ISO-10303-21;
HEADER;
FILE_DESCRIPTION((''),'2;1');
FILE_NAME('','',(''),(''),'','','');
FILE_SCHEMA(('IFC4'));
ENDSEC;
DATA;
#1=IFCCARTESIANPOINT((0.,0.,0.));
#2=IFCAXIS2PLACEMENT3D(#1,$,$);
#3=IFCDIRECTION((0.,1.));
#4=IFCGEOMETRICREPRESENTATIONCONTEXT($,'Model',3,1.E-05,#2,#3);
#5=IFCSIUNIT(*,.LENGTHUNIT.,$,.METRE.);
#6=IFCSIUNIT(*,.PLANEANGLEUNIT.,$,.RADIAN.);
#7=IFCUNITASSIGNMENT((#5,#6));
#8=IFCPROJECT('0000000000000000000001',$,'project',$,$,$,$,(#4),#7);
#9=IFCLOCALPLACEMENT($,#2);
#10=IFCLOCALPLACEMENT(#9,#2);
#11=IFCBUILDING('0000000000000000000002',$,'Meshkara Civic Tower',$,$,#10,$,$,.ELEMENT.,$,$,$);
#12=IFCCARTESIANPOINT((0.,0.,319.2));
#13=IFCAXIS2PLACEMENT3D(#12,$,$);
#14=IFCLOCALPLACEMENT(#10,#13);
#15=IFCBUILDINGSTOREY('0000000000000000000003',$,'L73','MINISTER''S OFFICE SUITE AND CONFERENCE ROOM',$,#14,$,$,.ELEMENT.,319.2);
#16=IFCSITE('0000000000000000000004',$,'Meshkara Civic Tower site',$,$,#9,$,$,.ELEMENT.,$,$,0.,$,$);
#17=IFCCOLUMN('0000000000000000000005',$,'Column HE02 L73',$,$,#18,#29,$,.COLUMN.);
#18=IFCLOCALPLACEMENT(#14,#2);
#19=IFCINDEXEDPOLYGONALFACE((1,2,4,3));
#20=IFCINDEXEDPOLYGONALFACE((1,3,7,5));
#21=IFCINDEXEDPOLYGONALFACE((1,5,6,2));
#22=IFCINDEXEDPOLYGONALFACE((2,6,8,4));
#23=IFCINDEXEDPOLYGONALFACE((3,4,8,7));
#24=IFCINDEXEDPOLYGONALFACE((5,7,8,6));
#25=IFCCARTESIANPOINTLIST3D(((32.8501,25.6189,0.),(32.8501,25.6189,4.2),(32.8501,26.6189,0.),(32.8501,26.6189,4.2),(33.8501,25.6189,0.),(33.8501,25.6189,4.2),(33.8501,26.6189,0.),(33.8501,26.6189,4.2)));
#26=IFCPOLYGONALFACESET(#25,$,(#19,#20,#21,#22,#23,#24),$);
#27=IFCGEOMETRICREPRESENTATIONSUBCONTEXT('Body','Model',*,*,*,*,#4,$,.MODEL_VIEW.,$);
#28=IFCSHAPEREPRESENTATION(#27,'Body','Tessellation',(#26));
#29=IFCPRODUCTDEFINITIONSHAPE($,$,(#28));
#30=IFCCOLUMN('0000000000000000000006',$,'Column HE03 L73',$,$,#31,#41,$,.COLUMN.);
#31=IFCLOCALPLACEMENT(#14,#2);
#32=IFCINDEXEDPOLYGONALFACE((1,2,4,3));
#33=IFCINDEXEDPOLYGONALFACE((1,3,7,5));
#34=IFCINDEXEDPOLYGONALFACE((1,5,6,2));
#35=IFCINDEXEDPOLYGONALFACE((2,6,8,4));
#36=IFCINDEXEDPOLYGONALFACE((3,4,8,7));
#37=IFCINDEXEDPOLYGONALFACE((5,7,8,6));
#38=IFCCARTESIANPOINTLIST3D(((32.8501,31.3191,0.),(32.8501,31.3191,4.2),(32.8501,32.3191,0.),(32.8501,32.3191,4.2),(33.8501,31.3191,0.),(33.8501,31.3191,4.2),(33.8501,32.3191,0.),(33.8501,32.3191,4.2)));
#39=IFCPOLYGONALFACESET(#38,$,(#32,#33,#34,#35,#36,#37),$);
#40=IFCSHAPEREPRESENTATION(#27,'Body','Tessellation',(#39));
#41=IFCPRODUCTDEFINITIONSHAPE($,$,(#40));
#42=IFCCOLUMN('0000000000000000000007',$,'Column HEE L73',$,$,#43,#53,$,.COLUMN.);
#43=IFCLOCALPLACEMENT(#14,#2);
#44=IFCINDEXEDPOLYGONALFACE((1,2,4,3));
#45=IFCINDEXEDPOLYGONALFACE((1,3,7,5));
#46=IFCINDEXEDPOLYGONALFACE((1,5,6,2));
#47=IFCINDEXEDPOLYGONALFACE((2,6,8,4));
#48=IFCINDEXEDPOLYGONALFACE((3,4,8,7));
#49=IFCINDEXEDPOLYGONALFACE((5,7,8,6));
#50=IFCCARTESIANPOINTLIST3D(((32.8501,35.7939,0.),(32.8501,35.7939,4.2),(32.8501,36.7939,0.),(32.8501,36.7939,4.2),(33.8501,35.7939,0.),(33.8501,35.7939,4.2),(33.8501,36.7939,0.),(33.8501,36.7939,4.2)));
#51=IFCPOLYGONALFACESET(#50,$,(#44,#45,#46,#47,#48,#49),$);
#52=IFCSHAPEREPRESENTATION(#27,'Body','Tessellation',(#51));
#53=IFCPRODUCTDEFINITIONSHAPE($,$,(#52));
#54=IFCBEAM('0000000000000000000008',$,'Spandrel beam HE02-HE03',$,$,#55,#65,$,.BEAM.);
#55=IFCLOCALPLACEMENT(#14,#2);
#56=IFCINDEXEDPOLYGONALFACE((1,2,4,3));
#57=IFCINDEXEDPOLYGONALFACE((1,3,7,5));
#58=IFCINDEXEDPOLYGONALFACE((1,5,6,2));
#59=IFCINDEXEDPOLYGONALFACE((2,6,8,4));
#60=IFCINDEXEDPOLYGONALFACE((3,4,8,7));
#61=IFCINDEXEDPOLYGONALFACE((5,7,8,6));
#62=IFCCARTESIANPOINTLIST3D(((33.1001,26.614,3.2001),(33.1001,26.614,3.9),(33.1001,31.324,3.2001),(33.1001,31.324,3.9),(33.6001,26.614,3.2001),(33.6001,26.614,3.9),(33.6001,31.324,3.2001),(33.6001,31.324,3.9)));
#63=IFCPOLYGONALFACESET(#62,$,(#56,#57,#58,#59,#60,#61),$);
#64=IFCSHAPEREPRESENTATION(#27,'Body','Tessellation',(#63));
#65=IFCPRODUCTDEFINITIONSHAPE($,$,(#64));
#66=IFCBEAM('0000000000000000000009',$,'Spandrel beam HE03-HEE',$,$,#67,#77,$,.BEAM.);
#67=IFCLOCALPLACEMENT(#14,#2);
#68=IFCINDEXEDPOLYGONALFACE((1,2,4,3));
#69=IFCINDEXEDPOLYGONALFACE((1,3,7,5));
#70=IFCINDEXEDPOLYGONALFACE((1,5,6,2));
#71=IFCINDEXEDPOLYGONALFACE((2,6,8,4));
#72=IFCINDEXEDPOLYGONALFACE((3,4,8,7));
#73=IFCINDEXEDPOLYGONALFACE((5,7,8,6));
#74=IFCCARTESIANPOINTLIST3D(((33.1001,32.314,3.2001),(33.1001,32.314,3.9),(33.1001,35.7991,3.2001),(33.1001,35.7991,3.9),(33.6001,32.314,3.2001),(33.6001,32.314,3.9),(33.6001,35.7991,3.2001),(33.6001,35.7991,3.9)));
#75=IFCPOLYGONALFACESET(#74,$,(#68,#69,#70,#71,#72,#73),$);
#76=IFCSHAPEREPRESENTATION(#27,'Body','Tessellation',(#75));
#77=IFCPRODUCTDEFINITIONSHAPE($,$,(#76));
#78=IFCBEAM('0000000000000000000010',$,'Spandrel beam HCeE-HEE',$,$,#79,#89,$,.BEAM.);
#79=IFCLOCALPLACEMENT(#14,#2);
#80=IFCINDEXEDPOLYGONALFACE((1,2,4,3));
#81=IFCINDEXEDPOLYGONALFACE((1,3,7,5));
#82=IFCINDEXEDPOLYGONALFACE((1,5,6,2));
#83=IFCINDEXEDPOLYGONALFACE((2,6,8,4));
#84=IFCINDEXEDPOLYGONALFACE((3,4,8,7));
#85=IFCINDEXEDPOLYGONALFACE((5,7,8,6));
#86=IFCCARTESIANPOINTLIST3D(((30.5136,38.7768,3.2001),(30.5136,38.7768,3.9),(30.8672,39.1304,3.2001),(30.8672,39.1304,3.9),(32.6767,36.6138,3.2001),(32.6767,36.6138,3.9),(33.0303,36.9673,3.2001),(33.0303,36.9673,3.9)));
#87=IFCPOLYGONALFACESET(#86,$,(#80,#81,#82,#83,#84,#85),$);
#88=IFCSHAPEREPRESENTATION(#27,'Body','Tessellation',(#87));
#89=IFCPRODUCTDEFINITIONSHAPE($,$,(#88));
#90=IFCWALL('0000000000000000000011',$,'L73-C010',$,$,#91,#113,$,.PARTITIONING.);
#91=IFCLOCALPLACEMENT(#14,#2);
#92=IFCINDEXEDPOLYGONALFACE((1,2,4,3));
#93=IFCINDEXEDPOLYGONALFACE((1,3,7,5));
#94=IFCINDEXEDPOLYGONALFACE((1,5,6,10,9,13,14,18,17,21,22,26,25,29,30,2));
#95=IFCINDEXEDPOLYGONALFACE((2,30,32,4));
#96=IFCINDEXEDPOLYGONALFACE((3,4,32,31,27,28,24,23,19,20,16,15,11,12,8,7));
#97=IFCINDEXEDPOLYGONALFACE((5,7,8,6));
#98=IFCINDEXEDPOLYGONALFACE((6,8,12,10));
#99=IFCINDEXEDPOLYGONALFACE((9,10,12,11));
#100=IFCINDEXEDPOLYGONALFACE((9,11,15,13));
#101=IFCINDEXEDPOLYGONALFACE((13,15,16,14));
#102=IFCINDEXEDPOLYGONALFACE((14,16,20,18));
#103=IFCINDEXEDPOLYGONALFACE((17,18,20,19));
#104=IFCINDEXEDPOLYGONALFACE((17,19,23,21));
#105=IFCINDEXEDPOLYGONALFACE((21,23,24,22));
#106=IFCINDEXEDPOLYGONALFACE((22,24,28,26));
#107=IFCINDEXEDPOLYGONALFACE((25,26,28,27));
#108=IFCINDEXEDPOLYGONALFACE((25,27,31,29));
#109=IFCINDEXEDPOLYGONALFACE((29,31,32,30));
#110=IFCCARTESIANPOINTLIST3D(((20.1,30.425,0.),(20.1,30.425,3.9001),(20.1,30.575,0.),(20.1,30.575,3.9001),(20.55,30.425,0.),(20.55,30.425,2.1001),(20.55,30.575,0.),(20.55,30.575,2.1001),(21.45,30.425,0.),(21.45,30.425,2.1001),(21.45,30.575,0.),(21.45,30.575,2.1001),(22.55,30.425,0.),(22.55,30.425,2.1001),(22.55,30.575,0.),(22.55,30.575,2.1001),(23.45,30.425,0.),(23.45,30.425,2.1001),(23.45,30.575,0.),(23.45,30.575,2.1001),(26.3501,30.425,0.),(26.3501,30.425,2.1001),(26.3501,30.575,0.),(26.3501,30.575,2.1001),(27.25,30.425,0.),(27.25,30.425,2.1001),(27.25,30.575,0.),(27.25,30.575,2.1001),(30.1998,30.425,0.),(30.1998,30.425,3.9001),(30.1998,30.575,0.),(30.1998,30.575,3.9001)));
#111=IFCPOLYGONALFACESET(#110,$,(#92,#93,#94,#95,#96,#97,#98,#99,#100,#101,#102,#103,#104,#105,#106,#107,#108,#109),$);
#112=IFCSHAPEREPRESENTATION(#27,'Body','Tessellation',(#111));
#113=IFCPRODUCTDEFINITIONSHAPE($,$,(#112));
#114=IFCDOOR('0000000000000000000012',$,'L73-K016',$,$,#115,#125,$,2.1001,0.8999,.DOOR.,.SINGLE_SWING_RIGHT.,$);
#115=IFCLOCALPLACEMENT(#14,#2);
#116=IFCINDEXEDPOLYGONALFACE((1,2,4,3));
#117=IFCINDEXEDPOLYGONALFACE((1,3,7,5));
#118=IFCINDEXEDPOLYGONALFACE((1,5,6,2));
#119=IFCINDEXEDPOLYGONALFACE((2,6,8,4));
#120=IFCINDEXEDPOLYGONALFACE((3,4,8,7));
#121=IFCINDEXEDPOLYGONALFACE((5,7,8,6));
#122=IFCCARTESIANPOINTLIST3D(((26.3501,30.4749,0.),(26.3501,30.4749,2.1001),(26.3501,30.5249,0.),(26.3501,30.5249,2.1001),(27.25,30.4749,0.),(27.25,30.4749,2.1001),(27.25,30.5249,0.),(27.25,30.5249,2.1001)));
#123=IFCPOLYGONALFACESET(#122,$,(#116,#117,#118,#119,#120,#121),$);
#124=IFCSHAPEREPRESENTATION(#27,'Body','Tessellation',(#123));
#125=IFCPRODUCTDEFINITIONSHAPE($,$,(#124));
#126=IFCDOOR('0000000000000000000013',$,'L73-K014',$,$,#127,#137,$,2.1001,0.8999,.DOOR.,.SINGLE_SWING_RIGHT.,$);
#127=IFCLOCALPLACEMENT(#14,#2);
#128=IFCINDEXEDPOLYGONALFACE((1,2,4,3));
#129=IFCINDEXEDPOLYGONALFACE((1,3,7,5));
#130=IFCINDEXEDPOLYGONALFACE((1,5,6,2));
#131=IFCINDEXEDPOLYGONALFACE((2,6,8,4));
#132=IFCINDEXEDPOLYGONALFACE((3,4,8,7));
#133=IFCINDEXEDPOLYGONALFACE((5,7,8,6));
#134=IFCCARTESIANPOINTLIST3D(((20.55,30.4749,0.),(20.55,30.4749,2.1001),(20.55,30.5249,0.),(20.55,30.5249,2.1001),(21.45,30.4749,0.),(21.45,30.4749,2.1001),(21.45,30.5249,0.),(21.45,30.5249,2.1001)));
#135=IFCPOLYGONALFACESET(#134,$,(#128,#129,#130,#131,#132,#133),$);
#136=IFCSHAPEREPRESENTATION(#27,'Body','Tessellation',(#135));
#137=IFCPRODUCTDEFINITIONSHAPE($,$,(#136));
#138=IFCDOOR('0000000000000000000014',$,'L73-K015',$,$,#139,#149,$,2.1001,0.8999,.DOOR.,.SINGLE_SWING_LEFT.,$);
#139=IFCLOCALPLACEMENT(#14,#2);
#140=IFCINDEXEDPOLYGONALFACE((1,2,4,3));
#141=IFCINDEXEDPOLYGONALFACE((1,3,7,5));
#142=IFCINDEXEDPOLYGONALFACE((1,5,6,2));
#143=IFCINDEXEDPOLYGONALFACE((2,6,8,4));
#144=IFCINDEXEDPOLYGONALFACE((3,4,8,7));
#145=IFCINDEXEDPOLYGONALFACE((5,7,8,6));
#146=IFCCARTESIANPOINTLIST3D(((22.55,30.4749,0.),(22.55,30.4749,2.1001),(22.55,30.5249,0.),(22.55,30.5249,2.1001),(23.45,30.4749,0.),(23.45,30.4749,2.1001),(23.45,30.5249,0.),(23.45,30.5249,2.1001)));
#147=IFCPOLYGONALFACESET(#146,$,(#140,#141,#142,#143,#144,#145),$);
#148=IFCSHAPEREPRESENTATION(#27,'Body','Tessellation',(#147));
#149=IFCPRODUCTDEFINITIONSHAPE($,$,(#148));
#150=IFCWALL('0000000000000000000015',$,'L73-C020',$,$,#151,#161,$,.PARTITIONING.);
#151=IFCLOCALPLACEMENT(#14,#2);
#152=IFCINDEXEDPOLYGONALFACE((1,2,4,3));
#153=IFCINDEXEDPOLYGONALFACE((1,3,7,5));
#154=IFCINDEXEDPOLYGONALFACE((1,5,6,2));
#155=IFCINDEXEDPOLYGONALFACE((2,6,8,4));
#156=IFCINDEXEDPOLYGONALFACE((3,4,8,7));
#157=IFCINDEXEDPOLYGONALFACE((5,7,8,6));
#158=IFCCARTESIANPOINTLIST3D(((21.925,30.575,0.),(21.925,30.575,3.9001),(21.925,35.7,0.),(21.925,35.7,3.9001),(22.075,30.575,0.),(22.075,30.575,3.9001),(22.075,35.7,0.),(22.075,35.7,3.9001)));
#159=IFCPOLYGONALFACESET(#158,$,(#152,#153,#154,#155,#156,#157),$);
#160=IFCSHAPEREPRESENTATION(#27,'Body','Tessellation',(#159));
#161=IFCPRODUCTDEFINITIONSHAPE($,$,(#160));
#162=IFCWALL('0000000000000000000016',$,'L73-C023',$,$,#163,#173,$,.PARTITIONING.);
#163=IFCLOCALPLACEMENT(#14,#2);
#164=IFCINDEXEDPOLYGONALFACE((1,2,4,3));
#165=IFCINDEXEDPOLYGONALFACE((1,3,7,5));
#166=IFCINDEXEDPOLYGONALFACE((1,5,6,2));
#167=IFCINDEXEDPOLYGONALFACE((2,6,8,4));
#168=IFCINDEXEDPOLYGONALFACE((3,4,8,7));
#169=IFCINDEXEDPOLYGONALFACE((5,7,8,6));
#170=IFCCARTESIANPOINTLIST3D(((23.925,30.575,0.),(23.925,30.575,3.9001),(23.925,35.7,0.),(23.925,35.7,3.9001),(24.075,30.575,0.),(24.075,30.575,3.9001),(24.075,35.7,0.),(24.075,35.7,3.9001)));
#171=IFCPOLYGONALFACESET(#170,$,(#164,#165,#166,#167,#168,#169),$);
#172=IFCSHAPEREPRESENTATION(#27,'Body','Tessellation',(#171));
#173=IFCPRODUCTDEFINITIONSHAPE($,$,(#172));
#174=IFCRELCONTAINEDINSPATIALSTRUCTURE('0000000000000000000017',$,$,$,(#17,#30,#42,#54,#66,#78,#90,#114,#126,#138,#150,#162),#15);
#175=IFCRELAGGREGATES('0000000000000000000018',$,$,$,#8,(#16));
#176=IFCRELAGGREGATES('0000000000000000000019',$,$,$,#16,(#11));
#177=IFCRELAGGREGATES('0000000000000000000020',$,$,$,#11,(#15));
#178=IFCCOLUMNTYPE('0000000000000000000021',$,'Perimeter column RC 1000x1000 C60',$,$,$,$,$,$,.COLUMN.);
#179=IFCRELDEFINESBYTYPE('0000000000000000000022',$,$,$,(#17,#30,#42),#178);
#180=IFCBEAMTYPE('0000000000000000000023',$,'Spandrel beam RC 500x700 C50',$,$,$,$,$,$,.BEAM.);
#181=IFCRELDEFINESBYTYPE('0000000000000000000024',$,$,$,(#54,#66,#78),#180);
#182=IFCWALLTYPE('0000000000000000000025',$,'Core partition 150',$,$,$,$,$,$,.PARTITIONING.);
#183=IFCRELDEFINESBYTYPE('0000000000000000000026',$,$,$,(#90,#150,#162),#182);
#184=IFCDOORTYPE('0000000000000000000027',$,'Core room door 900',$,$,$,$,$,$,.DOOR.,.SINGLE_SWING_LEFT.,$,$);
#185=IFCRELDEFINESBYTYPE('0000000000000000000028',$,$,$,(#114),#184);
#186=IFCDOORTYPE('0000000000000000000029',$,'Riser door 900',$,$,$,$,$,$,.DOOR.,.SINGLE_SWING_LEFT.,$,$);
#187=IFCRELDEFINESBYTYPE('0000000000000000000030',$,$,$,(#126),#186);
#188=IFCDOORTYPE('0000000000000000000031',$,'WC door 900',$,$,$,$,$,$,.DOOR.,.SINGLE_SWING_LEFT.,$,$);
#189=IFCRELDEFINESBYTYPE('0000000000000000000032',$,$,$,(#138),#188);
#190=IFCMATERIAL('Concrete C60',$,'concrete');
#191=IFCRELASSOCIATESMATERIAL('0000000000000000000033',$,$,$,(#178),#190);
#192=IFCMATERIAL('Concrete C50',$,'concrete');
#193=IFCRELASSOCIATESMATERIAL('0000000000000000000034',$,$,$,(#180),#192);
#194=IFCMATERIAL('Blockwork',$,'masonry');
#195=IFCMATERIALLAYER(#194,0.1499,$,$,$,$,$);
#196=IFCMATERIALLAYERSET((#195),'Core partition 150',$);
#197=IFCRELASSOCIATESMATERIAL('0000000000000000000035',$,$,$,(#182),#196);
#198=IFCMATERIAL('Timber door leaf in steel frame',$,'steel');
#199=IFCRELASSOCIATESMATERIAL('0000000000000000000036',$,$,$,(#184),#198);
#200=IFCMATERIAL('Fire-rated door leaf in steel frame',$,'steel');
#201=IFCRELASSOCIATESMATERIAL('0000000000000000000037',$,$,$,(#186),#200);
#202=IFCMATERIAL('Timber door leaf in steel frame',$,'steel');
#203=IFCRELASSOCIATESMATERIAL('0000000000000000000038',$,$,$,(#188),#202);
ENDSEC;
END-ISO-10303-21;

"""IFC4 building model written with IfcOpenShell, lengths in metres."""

from ifc_helpers import new_model, si_unit, direction, frame, frame_2d, origin, origin_2d, place, context, subcontext, project, spatial, rectangle, extrude, material, layer, layer_set, material_profile, profile_set, type_object, element, fill, save


model = new_model("IFC4")

# Units and contexts
model_context = context("Model", 3, precision=1e-05, world=origin(), true_north=direction((0.0, 1.0)))
body_context = subcontext(model_context, "Body", "Model", "MODEL_VIEW")
ifc_project = project(units=[si_unit("LENGTHUNIT", "METRE"), si_unit("PLANEANGLEUNIT", "RADIAN")], contexts=[model_context])

# Site, building, storey
site_placement = place(None, origin())
site = spatial("IfcSite", under=ifc_project, at=site_placement, Name="Meshkara Civic Tower site", CompositionType="ELEMENT", RefElevation=0.0)
building_placement = place(site_placement, origin())
building = spatial("IfcBuilding", under=site, at=building_placement, Name="Meshkara Civic Tower", CompositionType="ELEMENT")
storey_placement = place(building_placement, frame((0.0, 0.0, 319.2)))
storey = spatial("IfcBuildingStorey", under=building, at=storey_placement, Name="L73", Description="MINISTER'S OFFICE SUITE AND CONFERENCE ROOM", CompositionType="ELEMENT", Elevation=319.2)

# Columns
ifc_material_1 = material(Name="Concrete C60", Category="concrete")
ifc_material_profile_1 = material_profile(ifc_material_1, rectangle(XDim=1.0, YDim=1.0, at=origin_2d()))
ifc_profile_set_1 = profile_set([ifc_material_profile_1], Name="Concrete C60")
column_type = type_object("IfcColumnType", Name="Perimeter column RC 1000x1000 C60", PredefinedType="COLUMN", material=ifc_profile_set_1)
for number, where, z_axis, x_axis, name in (
    (1, (33.3501, 26.1189, 0.0), (0.0, 0.0, 1.0), (1.0, 0.0, 0.0), "Column HE02 L73"),
    (2, (33.3501, 31.8191, 0.0), (0.0, 0.0, 1.0), (1.0, 0.0, 0.0), "Column HE03 L73"),
    (3, (33.3501, 36.2939, 0.0), (0.0, 0.0, 1.0), (1.0, 0.0, 0.0), "Column HEE L73"),
):
    element("IfcColumn", number, at=place(storey_placement, frame(where, z_axis=z_axis, x_axis=x_axis)), inside=storey, type_object=column_type, Name=name, PredefinedType="COLUMN", context=body_context, shape_type="SweptSolid", body=[
        extrude(rectangle(XDim=1.0, YDim=1.0, at=origin_2d()), origin(), (0.0, 0.0, 1.0), 4.2),
    ])

# Beams
ifc_material_2 = material(Name="Concrete C50", Category="concrete")
ifc_material_profile_2 = material_profile(ifc_material_2, rectangle(XDim=0.5, YDim=0.7, at=origin_2d()))
ifc_profile_set_2 = profile_set([ifc_material_profile_2], Name="Concrete C50")
beam_type = type_object("IfcBeamType", Name="Spandrel beam RC 500x700 C50", PredefinedType="BEAM", material=ifc_profile_set_2)
beam_1_placement = place(storey_placement, frame((33.3501, 26.614, 3.55), z_axis=(0.0, 1.0, 0.0), x_axis=(-1.0, 0.0, 0.0)))
element("IfcBeam", 4, at=beam_1_placement, inside=storey, type_object=beam_type, Name="Spandrel beam HE02-HE03", PredefinedType="BEAM", context=body_context, shape_type="SweptSolid", body=[
    extrude(rectangle(XDim=0.5, YDim=0.7, at=origin_2d()), origin(), (0.0, 0.0, 1.0), 4.71),
])
beam_2_placement = place(storey_placement, frame((33.3501, 32.314, 3.55), z_axis=(0.0, 1.0, 0.0), x_axis=(-1.0, 0.0, 0.0)))
element("IfcBeam", 5, at=beam_2_placement, inside=storey, type_object=beam_type, Name="Spandrel beam HE03-HEE", PredefinedType="BEAM", context=body_context, shape_type="SweptSolid", body=[
    extrude(rectangle(XDim=0.5, YDim=0.7, at=origin_2d()), origin(), (0.0, 0.0, 1.0), 3.4851),
])
beam_3_placement = place(storey_placement, frame((32.8535, 36.7905, 3.55), z_axis=(-0.707107, 0.707107, 0.0), x_axis=(-0.707107, -0.707107, 0.0)))
element("IfcBeam", 6, at=beam_3_placement, inside=storey, type_object=beam_type, Name="Spandrel beam HCeE-HEE", PredefinedType="BEAM", context=body_context, shape_type="SweptSolid", body=[
    extrude(rectangle(XDim=0.5, YDim=0.7, at=origin_2d()), origin(), (0.0, 0.0, 1.0), 3.0591),
])

# Wall, openings, doors
ifc_material_3 = material(Name="Blockwork", Category="masonry")
ifc_layer_1 = layer(ifc_material_3, 0.1499)
ifc_layer_set_1 = layer_set([ifc_layer_1], Name="Core partition 150")
wall_type_1 = type_object("IfcWallType", Name="Core partition 150", PredefinedType="PARTITIONING", material=ifc_layer_set_1)
wall_1_placement = place(storey_placement, frame((20.1001, 30.5, 0.0), z_axis=(0.0, 0.0, 1.0), x_axis=(1.0, 0.0, 0.0)))
wall_1 = element("IfcWall", 7, at=wall_1_placement, inside=storey, type_object=wall_type_1, Name="L73-C010", PredefinedType="PARTITIONING", context=body_context, shape_type="SweptSolid", body=[
    extrude(rectangle(XDim=10.0999, YDim=0.1499, at=frame_2d((5.0498, 0.0))), origin(), (0.0, 0.0, 1.0), 3.9001),
])
opening_1_placement = place(wall_1_placement, frame((0.45, 0.0, 0.0)))
opening_1 = element("IfcOpeningElement", 8, at=opening_1_placement, cuts=wall_1, PredefinedType="OPENING", context=body_context, shape_type="SweptSolid", body=[
    extrude(rectangle(XDim=0.8999, YDim=2.1001, at=frame_2d((0.45, 1.05))), frame((0.0, 0.085, 0.0), z_axis=(0.0, -1.0, 0.0), x_axis=(1.0, 0.0, 0.0)), (0.0, 0.0, 1.0), 0.1699),
])
opening_2_placement = place(wall_1_placement, frame((2.45, 0.0, 0.0)))
opening_2 = element("IfcOpeningElement", 9, at=opening_2_placement, cuts=wall_1, PredefinedType="OPENING", context=body_context, shape_type="SweptSolid", body=[
    extrude(rectangle(XDim=0.8999, YDim=2.1001, at=frame_2d((0.45, 1.05))), frame((0.0, 0.085, 0.0), z_axis=(0.0, -1.0, 0.0), x_axis=(1.0, 0.0, 0.0)), (0.0, 0.0, 1.0), 0.1699),
])
opening_3_placement = place(wall_1_placement, frame((6.25, 0.0, 0.0)))
opening_3 = element("IfcOpeningElement", 10, at=opening_3_placement, cuts=wall_1, PredefinedType="OPENING", context=body_context, shape_type="SweptSolid", body=[
    extrude(rectangle(XDim=0.8999, YDim=2.1001, at=frame_2d((0.45, 1.05))), frame((0.0, 0.085, 0.0), z_axis=(0.0, -1.0, 0.0), x_axis=(1.0, 0.0, 0.0)), (0.0, 0.0, 1.0), 0.1699),
])
ifc_material_4 = material(Name="Timber door leaf in steel frame", Category="steel")
door_type_1 = type_object("IfcDoorType", Name="Core room door 900", OperationType="SINGLE_SWING_LEFT", PredefinedType="DOOR", material=ifc_material_4)
door_1_placement = place(opening_3_placement, origin())
door_1 = element("IfcDoor", 11, at=door_1_placement, inside=storey, type_object=door_type_1, Name="L73-K016", OperationType="SINGLE_SWING_RIGHT", OverallHeight=2.1001, OverallWidth=0.8999, PredefinedType="DOOR", context=body_context, shape_type="SweptSolid", body=[
    extrude(rectangle(XDim=0.8999, YDim=2.1001, at=frame_2d((0.45, 1.05))), frame((0.0, 0.0249, 0.0), z_axis=(0.0, -1.0, 0.0), x_axis=(1.0, 0.0, 0.0)), (0.0, 0.0, 1.0), 0.05),
])
fill(opening_3, door_1)
ifc_material_5 = material(Name="Fire-rated door leaf in steel frame", Category="steel")
door_type_2 = type_object("IfcDoorType", Name="Riser door 900", OperationType="SINGLE_SWING_LEFT", PredefinedType="DOOR", material=ifc_material_5)
door_2_placement = place(opening_1_placement, origin())
door_2 = element("IfcDoor", 12, at=door_2_placement, inside=storey, type_object=door_type_2, Name="L73-K014", OperationType="SINGLE_SWING_RIGHT", OverallHeight=2.1001, OverallWidth=0.8999, PredefinedType="DOOR", context=body_context, shape_type="SweptSolid", body=[
    extrude(rectangle(XDim=0.8999, YDim=2.1001, at=frame_2d((0.45, 1.05))), frame((0.0, 0.0249, 0.0), z_axis=(0.0, -1.0, 0.0), x_axis=(1.0, 0.0, 0.0)), (0.0, 0.0, 1.0), 0.05),
])
fill(opening_1, door_2)
ifc_material_6 = material(Name="Timber door leaf in steel frame", Category="steel")
door_type_3 = type_object("IfcDoorType", Name="WC door 900", OperationType="SINGLE_SWING_LEFT", PredefinedType="DOOR", material=ifc_material_6)
door_3_placement = place(opening_2_placement, origin())
door_3 = element("IfcDoor", 13, at=door_3_placement, inside=storey, type_object=door_type_3, Name="L73-K015", OperationType="SINGLE_SWING_LEFT", OverallHeight=2.1001, OverallWidth=0.8999, PredefinedType="DOOR", context=body_context, shape_type="SweptSolid", body=[
    extrude(rectangle(XDim=0.8999, YDim=2.1001, at=frame_2d((0.45, 1.05))), frame((0.0, 0.0249, 0.0), z_axis=(0.0, -1.0, 0.0), x_axis=(1.0, 0.0, 0.0)), (0.0, 0.0, 1.0), 0.05),
])
fill(opening_2, door_3)

# Walls
for number, where, z_axis, x_axis, name in (
    (14, (22.0, 30.575, 0.0), (0.0, 0.0, 1.0), (0.0, 1.0, 0.0), "L73-C020"),
    (15, (24.0, 30.575, 0.0), (0.0, 0.0, 1.0), (0.0, 1.0, 0.0), "L73-C023"),
):
    element("IfcWall", number, at=place(storey_placement, frame(where, z_axis=z_axis, x_axis=x_axis)), inside=storey, type_object=wall_type_1, Name=name, PredefinedType="PARTITIONING", context=body_context, shape_type="SweptSolid", body=[
        extrude(rectangle(XDim=5.125, YDim=0.1499, at=frame_2d((2.5625, 0.0))), origin(), (0.0, 0.0, 1.0), 3.9001),
    ])

save(model, "model.ifc")
